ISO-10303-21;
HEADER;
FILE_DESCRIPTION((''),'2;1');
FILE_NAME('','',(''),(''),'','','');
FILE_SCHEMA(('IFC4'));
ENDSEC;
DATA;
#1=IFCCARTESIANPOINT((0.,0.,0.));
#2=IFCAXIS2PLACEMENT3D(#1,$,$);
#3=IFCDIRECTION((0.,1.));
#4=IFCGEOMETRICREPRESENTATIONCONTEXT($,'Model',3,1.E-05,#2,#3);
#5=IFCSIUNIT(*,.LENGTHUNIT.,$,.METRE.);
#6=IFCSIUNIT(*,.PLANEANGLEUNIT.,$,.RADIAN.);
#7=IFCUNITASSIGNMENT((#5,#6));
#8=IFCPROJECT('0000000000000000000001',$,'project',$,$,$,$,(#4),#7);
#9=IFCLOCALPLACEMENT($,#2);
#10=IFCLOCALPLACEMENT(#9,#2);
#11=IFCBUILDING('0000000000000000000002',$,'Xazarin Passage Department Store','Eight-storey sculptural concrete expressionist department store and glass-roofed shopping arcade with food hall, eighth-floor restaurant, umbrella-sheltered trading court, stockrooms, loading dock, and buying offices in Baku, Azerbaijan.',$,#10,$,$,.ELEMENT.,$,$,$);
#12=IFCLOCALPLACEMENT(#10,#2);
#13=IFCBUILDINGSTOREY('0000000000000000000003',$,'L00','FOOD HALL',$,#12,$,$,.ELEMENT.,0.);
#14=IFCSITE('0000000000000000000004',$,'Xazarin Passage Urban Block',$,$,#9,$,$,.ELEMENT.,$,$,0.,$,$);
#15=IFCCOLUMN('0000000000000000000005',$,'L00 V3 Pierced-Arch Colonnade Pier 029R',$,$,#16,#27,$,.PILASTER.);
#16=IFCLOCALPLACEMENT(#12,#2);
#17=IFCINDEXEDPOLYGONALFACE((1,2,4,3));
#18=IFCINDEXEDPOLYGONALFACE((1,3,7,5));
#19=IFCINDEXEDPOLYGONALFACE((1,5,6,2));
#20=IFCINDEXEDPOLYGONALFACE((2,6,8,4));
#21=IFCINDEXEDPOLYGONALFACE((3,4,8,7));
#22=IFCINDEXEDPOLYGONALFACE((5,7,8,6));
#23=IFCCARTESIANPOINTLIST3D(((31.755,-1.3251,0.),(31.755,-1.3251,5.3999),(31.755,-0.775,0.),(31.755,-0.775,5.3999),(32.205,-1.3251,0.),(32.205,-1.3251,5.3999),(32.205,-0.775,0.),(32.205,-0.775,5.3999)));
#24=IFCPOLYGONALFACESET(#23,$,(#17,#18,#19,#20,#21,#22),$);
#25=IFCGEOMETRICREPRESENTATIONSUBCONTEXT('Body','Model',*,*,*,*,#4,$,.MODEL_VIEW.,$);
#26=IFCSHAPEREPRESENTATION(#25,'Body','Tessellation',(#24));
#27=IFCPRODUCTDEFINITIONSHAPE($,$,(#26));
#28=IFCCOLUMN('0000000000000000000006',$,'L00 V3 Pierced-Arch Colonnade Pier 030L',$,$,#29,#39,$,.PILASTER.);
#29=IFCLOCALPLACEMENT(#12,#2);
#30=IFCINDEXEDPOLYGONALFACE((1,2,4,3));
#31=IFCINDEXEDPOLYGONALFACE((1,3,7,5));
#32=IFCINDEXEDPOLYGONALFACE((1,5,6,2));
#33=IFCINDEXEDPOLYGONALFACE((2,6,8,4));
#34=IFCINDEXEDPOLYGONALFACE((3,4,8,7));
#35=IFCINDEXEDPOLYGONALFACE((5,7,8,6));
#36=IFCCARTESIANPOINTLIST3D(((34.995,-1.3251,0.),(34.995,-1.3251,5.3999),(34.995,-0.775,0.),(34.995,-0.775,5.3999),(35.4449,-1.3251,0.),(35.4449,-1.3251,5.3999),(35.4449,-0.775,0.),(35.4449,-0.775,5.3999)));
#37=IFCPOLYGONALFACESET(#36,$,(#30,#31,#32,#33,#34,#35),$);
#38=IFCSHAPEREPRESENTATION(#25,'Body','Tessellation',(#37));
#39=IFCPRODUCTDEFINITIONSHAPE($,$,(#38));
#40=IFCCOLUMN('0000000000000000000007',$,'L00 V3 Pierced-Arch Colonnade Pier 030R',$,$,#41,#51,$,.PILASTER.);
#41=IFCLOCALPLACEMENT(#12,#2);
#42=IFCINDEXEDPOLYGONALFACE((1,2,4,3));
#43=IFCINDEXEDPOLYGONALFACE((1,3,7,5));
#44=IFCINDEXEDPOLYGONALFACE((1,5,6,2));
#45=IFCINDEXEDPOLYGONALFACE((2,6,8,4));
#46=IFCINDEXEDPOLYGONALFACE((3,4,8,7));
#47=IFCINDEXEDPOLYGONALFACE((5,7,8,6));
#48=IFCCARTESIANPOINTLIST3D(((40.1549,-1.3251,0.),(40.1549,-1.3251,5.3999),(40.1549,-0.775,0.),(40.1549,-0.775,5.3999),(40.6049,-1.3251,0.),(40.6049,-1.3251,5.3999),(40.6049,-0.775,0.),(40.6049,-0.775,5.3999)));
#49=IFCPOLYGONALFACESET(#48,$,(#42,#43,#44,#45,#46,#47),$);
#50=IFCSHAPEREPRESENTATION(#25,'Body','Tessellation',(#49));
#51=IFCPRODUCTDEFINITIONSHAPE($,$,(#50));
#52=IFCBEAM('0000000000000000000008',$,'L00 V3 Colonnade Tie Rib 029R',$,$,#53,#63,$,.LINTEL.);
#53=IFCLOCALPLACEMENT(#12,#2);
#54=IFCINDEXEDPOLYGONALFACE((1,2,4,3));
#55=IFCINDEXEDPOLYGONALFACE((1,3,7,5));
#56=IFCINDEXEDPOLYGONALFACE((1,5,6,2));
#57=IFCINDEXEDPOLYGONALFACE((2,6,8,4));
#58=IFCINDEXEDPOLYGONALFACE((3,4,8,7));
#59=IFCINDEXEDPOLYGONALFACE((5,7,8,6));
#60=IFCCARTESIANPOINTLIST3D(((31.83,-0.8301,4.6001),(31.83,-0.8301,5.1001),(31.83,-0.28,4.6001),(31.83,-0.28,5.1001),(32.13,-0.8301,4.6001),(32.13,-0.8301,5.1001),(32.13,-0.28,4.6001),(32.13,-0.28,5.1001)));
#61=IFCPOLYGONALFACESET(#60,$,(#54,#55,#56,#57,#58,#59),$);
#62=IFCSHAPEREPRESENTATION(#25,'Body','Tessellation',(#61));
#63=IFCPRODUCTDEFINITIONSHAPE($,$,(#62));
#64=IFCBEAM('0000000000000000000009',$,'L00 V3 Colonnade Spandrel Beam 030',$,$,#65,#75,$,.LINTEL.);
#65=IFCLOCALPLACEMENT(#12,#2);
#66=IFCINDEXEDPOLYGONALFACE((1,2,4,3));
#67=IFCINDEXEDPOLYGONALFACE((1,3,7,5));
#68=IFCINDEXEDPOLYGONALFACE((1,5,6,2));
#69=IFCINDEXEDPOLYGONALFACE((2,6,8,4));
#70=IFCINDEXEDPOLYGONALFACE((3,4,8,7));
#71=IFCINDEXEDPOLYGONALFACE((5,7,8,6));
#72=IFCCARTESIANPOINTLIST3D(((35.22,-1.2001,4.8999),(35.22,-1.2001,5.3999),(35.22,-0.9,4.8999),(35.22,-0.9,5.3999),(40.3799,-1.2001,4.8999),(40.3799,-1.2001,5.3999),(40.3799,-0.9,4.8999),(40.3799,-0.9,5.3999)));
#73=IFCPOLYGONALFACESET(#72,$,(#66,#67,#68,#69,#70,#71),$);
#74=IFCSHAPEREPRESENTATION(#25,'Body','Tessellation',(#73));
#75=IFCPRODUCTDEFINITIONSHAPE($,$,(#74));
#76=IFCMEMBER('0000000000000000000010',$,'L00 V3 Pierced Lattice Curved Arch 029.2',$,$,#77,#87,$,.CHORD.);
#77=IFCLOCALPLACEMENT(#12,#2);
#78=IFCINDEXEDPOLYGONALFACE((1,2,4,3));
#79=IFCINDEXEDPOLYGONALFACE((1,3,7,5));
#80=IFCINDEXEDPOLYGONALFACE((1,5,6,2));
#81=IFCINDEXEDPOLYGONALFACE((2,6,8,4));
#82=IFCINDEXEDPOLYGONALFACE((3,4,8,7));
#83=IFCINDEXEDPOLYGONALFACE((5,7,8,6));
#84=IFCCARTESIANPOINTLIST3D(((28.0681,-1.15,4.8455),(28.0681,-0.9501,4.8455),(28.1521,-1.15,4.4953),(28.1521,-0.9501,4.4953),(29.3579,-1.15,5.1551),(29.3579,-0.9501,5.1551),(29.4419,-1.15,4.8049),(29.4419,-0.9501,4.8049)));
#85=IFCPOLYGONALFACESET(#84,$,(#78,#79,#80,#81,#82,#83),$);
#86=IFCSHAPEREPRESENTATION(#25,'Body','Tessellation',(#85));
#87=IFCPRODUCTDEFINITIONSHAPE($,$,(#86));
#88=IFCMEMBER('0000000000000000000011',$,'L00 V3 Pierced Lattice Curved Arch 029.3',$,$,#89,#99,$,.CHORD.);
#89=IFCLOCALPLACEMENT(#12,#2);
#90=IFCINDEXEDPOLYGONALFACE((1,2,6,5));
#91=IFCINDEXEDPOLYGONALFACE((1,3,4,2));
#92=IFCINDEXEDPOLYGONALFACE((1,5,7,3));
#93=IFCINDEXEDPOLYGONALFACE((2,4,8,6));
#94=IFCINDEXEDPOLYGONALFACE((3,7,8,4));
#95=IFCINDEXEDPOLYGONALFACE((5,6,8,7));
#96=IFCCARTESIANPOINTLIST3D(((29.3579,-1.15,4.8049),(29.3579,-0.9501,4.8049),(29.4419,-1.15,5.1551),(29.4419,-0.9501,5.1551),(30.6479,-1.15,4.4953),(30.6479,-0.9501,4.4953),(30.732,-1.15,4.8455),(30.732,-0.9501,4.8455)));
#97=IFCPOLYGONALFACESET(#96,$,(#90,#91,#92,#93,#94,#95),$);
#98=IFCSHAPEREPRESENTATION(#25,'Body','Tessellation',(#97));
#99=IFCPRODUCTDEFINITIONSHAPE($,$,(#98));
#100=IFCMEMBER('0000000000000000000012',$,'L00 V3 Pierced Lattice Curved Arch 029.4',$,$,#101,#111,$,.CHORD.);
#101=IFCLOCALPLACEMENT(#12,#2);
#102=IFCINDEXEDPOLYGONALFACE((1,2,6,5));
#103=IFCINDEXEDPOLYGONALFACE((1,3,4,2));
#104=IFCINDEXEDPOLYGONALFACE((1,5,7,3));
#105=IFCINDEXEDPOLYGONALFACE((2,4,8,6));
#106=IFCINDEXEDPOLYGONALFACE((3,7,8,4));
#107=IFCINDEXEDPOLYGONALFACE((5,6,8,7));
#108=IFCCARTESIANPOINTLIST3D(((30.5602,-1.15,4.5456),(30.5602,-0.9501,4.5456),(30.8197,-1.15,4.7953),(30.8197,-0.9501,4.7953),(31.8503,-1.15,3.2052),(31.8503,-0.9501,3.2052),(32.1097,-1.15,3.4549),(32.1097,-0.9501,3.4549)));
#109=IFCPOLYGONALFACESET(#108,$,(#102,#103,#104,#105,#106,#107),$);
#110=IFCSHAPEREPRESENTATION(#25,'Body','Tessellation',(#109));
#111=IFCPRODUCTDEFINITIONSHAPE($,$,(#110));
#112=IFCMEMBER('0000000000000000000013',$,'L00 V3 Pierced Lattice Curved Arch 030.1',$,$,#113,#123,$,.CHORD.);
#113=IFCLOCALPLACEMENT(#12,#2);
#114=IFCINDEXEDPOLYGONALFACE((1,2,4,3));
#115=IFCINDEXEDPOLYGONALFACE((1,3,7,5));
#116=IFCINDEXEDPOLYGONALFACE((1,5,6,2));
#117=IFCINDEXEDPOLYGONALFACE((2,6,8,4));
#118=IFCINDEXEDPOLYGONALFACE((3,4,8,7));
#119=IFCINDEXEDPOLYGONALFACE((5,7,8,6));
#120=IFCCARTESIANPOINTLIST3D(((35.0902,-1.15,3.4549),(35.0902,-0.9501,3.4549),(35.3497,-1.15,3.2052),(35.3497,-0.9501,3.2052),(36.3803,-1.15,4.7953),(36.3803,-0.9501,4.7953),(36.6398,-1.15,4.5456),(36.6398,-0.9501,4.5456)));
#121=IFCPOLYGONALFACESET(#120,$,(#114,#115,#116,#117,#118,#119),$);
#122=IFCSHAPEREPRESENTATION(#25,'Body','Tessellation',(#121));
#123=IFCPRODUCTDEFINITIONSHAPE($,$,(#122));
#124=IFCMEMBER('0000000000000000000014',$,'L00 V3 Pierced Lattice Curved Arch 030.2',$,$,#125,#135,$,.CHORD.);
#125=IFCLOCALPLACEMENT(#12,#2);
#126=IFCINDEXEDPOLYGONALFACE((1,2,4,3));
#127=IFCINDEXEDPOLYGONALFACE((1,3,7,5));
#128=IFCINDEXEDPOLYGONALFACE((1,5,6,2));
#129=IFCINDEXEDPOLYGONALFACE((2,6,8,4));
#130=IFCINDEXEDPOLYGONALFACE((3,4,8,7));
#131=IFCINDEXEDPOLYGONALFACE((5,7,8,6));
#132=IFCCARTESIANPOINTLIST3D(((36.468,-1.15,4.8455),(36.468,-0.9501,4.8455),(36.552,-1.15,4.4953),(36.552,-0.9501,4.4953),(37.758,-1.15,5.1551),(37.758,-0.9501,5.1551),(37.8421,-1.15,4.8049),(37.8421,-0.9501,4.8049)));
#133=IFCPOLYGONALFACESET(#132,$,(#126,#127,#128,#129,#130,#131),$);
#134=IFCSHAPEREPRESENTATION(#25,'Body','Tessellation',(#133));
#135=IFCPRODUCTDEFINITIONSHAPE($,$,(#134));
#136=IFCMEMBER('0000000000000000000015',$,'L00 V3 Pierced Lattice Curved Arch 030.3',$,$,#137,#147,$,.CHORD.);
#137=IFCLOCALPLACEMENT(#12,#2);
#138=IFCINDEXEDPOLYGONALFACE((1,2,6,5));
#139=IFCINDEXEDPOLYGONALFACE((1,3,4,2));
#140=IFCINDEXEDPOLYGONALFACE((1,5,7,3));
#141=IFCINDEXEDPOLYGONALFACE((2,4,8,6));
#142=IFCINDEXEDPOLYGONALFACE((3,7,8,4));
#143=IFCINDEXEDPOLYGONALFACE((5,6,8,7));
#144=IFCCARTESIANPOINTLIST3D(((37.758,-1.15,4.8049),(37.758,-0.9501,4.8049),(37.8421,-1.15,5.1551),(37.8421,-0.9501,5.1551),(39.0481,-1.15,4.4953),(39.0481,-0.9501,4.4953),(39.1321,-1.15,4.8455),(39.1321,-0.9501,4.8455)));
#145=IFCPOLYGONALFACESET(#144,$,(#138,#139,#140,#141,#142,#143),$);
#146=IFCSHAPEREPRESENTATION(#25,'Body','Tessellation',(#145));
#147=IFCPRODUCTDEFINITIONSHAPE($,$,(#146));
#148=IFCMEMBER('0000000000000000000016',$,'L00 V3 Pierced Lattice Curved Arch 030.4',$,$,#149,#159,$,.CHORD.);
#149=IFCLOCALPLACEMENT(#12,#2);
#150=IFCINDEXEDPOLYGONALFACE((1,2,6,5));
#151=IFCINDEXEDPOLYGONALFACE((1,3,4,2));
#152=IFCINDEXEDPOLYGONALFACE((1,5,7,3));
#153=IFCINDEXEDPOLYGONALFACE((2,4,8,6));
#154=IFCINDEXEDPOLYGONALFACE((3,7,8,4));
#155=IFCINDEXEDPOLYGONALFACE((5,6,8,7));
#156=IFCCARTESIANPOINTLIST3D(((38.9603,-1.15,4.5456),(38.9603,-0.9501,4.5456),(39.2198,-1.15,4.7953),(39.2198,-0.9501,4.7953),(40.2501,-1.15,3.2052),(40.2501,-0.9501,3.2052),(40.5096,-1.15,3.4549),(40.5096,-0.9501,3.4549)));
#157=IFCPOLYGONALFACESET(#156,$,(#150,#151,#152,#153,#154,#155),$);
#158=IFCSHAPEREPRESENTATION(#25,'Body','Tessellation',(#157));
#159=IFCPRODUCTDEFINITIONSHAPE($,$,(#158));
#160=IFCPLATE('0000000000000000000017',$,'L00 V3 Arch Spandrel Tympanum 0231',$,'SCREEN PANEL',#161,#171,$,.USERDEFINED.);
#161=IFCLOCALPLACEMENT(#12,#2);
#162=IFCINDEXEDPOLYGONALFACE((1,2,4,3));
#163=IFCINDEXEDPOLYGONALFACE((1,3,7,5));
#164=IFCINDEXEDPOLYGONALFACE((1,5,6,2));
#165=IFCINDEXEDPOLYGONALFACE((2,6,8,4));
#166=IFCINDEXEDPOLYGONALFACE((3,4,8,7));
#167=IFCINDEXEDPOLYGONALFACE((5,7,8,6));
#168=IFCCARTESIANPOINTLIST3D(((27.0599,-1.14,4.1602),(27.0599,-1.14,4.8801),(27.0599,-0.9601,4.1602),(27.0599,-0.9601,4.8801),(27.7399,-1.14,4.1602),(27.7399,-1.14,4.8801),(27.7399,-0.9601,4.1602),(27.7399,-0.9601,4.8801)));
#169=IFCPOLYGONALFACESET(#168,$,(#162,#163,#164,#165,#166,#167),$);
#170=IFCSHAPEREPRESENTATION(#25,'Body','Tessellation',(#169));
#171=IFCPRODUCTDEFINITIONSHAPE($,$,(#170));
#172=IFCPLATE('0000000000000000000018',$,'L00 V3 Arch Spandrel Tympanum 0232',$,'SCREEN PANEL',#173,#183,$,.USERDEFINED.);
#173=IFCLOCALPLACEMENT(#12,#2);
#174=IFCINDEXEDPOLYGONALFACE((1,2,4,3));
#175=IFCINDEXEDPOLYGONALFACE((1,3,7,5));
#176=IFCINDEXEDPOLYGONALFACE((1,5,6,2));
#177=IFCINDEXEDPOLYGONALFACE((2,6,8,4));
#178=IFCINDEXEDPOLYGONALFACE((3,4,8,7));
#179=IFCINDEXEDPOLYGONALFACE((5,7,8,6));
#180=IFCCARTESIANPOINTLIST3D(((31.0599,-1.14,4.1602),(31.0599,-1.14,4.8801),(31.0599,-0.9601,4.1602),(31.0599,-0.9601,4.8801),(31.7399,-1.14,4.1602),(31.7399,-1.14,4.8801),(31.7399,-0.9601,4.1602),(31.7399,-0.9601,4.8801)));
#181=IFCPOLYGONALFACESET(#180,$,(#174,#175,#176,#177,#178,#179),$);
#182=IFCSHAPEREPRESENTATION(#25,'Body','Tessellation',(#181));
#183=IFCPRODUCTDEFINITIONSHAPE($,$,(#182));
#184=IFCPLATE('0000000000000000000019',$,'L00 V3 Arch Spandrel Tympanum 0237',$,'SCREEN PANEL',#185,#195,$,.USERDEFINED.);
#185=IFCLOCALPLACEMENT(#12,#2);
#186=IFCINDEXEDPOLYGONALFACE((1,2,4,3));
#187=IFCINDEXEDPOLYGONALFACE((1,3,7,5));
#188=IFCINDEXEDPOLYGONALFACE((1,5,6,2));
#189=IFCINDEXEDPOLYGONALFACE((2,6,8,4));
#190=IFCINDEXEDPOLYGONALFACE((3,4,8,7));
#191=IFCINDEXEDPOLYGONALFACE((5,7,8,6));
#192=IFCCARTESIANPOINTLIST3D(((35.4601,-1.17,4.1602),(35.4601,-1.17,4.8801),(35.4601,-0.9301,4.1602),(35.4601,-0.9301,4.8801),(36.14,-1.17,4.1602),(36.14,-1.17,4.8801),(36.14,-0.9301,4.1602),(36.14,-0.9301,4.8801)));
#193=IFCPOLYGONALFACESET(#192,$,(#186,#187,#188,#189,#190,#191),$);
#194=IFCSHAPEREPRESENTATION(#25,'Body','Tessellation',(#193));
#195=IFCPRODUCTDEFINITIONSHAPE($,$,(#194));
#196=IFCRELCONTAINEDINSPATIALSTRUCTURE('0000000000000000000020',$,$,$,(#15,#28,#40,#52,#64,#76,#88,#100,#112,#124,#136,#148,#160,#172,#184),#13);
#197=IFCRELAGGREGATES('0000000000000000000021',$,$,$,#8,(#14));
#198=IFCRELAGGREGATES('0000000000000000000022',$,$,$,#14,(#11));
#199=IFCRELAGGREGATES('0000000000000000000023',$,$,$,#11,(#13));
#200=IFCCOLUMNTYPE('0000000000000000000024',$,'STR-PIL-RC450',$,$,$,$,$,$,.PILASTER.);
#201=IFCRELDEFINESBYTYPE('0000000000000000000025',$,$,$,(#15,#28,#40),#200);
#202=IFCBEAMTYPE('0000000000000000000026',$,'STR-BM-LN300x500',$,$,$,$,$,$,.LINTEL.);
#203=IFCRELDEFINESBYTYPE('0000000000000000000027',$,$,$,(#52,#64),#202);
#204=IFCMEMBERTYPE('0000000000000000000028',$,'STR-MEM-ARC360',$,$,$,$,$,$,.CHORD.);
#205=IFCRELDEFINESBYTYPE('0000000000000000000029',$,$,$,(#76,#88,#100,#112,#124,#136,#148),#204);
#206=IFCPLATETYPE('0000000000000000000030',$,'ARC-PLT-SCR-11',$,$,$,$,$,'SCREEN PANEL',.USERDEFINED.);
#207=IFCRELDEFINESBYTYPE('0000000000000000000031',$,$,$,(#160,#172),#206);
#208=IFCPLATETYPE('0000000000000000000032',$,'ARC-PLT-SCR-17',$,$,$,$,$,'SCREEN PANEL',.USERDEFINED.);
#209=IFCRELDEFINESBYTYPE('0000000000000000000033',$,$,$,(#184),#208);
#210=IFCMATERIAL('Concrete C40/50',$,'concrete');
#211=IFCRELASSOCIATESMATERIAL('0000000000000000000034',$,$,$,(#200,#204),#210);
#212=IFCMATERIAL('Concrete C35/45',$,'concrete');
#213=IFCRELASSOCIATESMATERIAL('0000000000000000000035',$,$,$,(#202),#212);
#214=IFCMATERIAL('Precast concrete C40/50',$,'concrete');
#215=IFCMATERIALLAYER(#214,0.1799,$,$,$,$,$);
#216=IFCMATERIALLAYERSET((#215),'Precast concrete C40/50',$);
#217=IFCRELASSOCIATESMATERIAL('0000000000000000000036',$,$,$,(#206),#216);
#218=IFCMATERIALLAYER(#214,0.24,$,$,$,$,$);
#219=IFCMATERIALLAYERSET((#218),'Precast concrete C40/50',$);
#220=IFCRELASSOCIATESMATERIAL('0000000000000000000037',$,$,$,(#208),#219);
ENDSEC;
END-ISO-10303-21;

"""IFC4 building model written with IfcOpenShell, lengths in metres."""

from ifc_helpers import new_model, si_unit, direction, frame, origin, origin_2d, place, context, subcontext, project, spatial, rectangle, extrude, material, layer, layer_set, material_profile, profile_set, type_object, element, save


model = new_model("IFC4")

# Units and contexts
model_context = context("Model", 3, precision=1e-05, world=origin(), true_north=direction((0.0, 1.0)))
body_context = subcontext(model_context, "Body", "Model", "MODEL_VIEW")
ifc_project = project(units=[si_unit("LENGTHUNIT", "METRE"), si_unit("PLANEANGLEUNIT", "RADIAN")], contexts=[model_context])

# Site, building, storey
site_placement = place(None, origin())
site = spatial("IfcSite", under=ifc_project, at=site_placement, Name="Xazarin Passage Urban Block", CompositionType="ELEMENT", RefElevation=0.0)
building_placement = place(site_placement, origin())
building = spatial("IfcBuilding", under=site, at=building_placement, Name="Xazarin Passage Department Store", Description="Eight-storey sculptural concrete expressionist department store and glass-roofed shopping arcade with food hall, eighth-floor restaurant, umbrella-sheltered trading court, stockrooms, loading dock, and buying offices in Baku, Azerbaijan.", CompositionType="ELEMENT")
storey_placement = place(building_placement, origin())
storey = spatial("IfcBuildingStorey", under=building, at=storey_placement, Name="L00", Description="FOOD HALL", CompositionType="ELEMENT", Elevation=0.0)

# Shared definitions
ifc_material_1 = material(Name="Concrete C35/45", Category="concrete")

# Columns
ifc_material_2 = material(Name="Concrete C40/50", Category="concrete")
ifc_material_profile_1 = material_profile(ifc_material_2, rectangle(XDim=0.45, YDim=0.55, at=origin_2d()), Name="RC 450x550")
ifc_profile_set_1 = profile_set([ifc_material_profile_1], Name="Concrete C40/50")
column_type = type_object("IfcColumnType", Name="STR-PIL-RC450", PredefinedType="PILASTER", material=ifc_profile_set_1)
for number, where, z_axis, x_axis, name in (
    (1, (31.98, -1.05, 0.0), (0.0, 0.0, 1.0), (1.0, 0.0, 0.0), "L00 V3 Pierced-Arch Colonnade Pier 029R"),
    (2, (35.22, -1.05, 0.0), (0.0, 0.0, 1.0), (1.0, 0.0, 0.0), "L00 V3 Pierced-Arch Colonnade Pier 030L"),
    (3, (40.3799, -1.05, 0.0), (0.0, 0.0, 1.0), (1.0, 0.0, 0.0), "L00 V3 Pierced-Arch Colonnade Pier 030R"),
):
    element("IfcColumn", number, at=place(storey_placement, frame(where, z_axis=z_axis, x_axis=x_axis)), inside=storey, type_object=column_type, Name=name, PredefinedType="PILASTER", context=body_context, shape_type="SweptSolid", body=[
        extrude(rectangle(XDim=0.45, YDim=0.55, at=origin_2d()), origin(), (0.0, 0.0, 1.0), 5.3999),
    ])

# Beams
ifc_material_profile_2 = material_profile(ifc_material_1, rectangle(XDim=0.3, YDim=0.5, at=origin_2d()), Name="RC 300x500")
ifc_profile_set_2 = profile_set([ifc_material_profile_2], Name="Concrete C35/45")
beam_type = type_object("IfcBeamType", Name="STR-BM-LN300x500", PredefinedType="LINTEL", material=ifc_profile_set_2)
beam_1_placement = place(storey_placement, frame((31.98, -0.28, 4.8501), z_axis=(0.0, -1.0, 0.0), x_axis=(1.0, 0.0, 0.0)))
element("IfcBeam", 4, at=beam_1_placement, inside=storey, type_object=beam_type, Name="L00 V3 Colonnade Tie Rib 029R", PredefinedType="LINTEL", context=body_context, shape_type="SweptSolid", body=[
    extrude(rectangle(XDim=0.3, YDim=0.5, at=origin_2d()), origin(), (0.0, 0.0, 1.0), 0.55),
])
beam_2_placement = place(storey_placement, frame((35.22, -1.05, 5.1499), z_axis=(1.0, 0.0, 0.0), x_axis=(0.0, 1.0, 0.0)))
element("IfcBeam", 5, at=beam_2_placement, inside=storey, type_object=beam_type, Name="L00 V3 Colonnade Spandrel Beam 030", PredefinedType="LINTEL", context=body_context, shape_type="SweptSolid", body=[
    extrude(rectangle(XDim=0.3, YDim=0.5, at=origin_2d()), origin(), (0.0, 0.0, 1.0), 5.1599),
])

# Members
ifc_material_profile_3 = material_profile(ifc_material_2, rectangle(XDim=0.2, YDim=0.3601, at=origin_2d()), Name="RC 200x360")
ifc_profile_set_3 = profile_set([ifc_material_profile_3], Name="Concrete C40/50")
member_type = type_object("IfcMemberType", Name="STR-MEM-ARC360", PredefinedType="CHORD", material=ifc_profile_set_3)
member_1_placement = place(storey_placement, frame((28.1101, -1.05, 4.6704), z_axis=(0.972384, 0.0, 0.233387), x_axis=(0.0, 1.0, 0.0)))
element("IfcMember", 6, at=member_1_placement, inside=storey, type_object=member_type, Name="L00 V3 Pierced Lattice Curved Arch 029.2", PredefinedType="CHORD", context=body_context, shape_type="SweptSolid", body=[
    extrude(rectangle(XDim=0.2, YDim=0.3601, at=origin_2d()), origin(), (0.0, 0.0, 1.0), 1.3264),
])
member_2_placement = place(storey_placement, frame((29.3999, -1.05, 4.98), z_axis=(0.972394, 0.0, -0.233345), x_axis=(0.0, 1.0, 0.0)))
element("IfcMember", 7, at=member_2_placement, inside=storey, type_object=member_type, Name="L00 V3 Pierced Lattice Curved Arch 029.3", PredefinedType="CHORD", context=body_context, shape_type="SweptSolid", body=[
    extrude(rectangle(XDim=0.2, YDim=0.3601, at=origin_2d()), origin(), (0.0, 0.0, 1.0), 1.3267),
])
for number, where, z_axis, x_axis, name in (
    (8, (30.6899, -1.05, 4.6704), (0.69346, 0.0, -0.720495), (0.0, 1.0, 0.0), "L00 V3 Pierced Lattice Curved Arch 029.4"),
    (9, (35.22, -1.05, 3.3301), (0.69346, 0.0, 0.720495), (0.0, 1.0, 0.0), "L00 V3 Pierced Lattice Curved Arch 030.1"),
):
    element("IfcMember", number, at=place(storey_placement, frame(where, z_axis=z_axis, x_axis=x_axis)), inside=storey, type_object=member_type, Name=name, PredefinedType="CHORD", context=body_context, shape_type="SweptSolid", body=[
        extrude(rectangle(XDim=0.2, YDim=0.3601, at=origin_2d()), origin(), (0.0, 0.0, 1.0), 1.8604),
    ])
for number, where, z_axis, x_axis, name in (
    (10, (36.51, -1.05, 4.6704), (0.972394, 0.0, 0.233345), (0.0, 1.0, 0.0), "L00 V3 Pierced Lattice Curved Arch 030.2"),
    (11, (37.8, -1.05, 4.98), (0.972394, 0.0, -0.233345), (0.0, 1.0, 0.0), "L00 V3 Pierced Lattice Curved Arch 030.3"),
):
    element("IfcMember", number, at=place(storey_placement, frame(where, z_axis=z_axis, x_axis=x_axis)), inside=storey, type_object=member_type, Name=name, PredefinedType="CHORD", context=body_context, shape_type="SweptSolid", body=[
        extrude(rectangle(XDim=0.2, YDim=0.3601, at=origin_2d()), origin(), (0.0, 0.0, 1.0), 1.3267),
    ])
member_3_placement = place(storey_placement, frame((39.0901, -1.05, 4.6704), z_axis=(0.693392, 0.0, -0.720561), x_axis=(0.0, 1.0, 0.0)))
element("IfcMember", 12, at=member_3_placement, inside=storey, type_object=member_type, Name="L00 V3 Pierced Lattice Curved Arch 030.4", PredefinedType="CHORD", context=body_context, shape_type="SweptSolid", body=[
    extrude(rectangle(XDim=0.2, YDim=0.3601, at=origin_2d()), origin(), (0.0, 0.0, 1.0), 1.8601),
])

# Plates
ifc_material_3 = material(Name="Precast concrete C40/50", Category="concrete")
ifc_layer_1 = layer(ifc_material_3, 0.1799)
ifc_layer_set_1 = layer_set([ifc_layer_1], Name="Precast concrete C40/50")
plate_type_1 = type_object("IfcPlateType", Name="ARC-PLT-SCR-11", ElementType="SCREEN PANEL", PredefinedType="USERDEFINED", material=ifc_layer_set_1)
for number, where, z_axis, x_axis, name in (
    (13, (27.3999, -1.05, 4.1602), (0.0, 0.0, 1.0), (1.0, 0.0, 0.0), "L00 V3 Arch Spandrel Tympanum 0231"),
    (14, (31.3999, -1.05, 4.1602), (0.0, 0.0, 1.0), (1.0, 0.0, 0.0), "L00 V3 Arch Spandrel Tympanum 0232"),
):
    element("IfcPlate", number, at=place(storey_placement, frame(where, z_axis=z_axis, x_axis=x_axis)), inside=storey, type_object=plate_type_1, Name=name, ObjectType="SCREEN PANEL", PredefinedType="USERDEFINED", context=body_context, shape_type="SweptSolid", body=[
        extrude(rectangle(XDim=0.6799, YDim=0.1799, at=origin_2d()), origin(), (0.0, 0.0, 1.0), 0.72),
    ])
ifc_layer_2 = layer(ifc_material_3, 0.24)
ifc_layer_set_2 = layer_set([ifc_layer_2], Name="Precast concrete C40/50")
plate_type_2 = type_object("IfcPlateType", Name="ARC-PLT-SCR-17", ElementType="SCREEN PANEL", PredefinedType="USERDEFINED", material=ifc_layer_set_2)
for number, where, z_axis, x_axis, name in (
    (15, (35.8, -1.05, 4.1602), (0.0, 0.0, 1.0), (1.0, 0.0, 0.0), "L00 V3 Arch Spandrel Tympanum 0237"),
):
    element("IfcPlate", number, at=place(storey_placement, frame(where, z_axis=z_axis, x_axis=x_axis)), inside=storey, type_object=plate_type_2, Name=name, ObjectType="SCREEN PANEL", PredefinedType="USERDEFINED", context=body_context, shape_type="SweptSolid", body=[
        extrude(rectangle(XDim=0.6799, YDim=0.24, at=origin_2d()), origin(), (0.0, 0.0, 1.0), 0.72),
    ])

save(model, "model.ifc")
